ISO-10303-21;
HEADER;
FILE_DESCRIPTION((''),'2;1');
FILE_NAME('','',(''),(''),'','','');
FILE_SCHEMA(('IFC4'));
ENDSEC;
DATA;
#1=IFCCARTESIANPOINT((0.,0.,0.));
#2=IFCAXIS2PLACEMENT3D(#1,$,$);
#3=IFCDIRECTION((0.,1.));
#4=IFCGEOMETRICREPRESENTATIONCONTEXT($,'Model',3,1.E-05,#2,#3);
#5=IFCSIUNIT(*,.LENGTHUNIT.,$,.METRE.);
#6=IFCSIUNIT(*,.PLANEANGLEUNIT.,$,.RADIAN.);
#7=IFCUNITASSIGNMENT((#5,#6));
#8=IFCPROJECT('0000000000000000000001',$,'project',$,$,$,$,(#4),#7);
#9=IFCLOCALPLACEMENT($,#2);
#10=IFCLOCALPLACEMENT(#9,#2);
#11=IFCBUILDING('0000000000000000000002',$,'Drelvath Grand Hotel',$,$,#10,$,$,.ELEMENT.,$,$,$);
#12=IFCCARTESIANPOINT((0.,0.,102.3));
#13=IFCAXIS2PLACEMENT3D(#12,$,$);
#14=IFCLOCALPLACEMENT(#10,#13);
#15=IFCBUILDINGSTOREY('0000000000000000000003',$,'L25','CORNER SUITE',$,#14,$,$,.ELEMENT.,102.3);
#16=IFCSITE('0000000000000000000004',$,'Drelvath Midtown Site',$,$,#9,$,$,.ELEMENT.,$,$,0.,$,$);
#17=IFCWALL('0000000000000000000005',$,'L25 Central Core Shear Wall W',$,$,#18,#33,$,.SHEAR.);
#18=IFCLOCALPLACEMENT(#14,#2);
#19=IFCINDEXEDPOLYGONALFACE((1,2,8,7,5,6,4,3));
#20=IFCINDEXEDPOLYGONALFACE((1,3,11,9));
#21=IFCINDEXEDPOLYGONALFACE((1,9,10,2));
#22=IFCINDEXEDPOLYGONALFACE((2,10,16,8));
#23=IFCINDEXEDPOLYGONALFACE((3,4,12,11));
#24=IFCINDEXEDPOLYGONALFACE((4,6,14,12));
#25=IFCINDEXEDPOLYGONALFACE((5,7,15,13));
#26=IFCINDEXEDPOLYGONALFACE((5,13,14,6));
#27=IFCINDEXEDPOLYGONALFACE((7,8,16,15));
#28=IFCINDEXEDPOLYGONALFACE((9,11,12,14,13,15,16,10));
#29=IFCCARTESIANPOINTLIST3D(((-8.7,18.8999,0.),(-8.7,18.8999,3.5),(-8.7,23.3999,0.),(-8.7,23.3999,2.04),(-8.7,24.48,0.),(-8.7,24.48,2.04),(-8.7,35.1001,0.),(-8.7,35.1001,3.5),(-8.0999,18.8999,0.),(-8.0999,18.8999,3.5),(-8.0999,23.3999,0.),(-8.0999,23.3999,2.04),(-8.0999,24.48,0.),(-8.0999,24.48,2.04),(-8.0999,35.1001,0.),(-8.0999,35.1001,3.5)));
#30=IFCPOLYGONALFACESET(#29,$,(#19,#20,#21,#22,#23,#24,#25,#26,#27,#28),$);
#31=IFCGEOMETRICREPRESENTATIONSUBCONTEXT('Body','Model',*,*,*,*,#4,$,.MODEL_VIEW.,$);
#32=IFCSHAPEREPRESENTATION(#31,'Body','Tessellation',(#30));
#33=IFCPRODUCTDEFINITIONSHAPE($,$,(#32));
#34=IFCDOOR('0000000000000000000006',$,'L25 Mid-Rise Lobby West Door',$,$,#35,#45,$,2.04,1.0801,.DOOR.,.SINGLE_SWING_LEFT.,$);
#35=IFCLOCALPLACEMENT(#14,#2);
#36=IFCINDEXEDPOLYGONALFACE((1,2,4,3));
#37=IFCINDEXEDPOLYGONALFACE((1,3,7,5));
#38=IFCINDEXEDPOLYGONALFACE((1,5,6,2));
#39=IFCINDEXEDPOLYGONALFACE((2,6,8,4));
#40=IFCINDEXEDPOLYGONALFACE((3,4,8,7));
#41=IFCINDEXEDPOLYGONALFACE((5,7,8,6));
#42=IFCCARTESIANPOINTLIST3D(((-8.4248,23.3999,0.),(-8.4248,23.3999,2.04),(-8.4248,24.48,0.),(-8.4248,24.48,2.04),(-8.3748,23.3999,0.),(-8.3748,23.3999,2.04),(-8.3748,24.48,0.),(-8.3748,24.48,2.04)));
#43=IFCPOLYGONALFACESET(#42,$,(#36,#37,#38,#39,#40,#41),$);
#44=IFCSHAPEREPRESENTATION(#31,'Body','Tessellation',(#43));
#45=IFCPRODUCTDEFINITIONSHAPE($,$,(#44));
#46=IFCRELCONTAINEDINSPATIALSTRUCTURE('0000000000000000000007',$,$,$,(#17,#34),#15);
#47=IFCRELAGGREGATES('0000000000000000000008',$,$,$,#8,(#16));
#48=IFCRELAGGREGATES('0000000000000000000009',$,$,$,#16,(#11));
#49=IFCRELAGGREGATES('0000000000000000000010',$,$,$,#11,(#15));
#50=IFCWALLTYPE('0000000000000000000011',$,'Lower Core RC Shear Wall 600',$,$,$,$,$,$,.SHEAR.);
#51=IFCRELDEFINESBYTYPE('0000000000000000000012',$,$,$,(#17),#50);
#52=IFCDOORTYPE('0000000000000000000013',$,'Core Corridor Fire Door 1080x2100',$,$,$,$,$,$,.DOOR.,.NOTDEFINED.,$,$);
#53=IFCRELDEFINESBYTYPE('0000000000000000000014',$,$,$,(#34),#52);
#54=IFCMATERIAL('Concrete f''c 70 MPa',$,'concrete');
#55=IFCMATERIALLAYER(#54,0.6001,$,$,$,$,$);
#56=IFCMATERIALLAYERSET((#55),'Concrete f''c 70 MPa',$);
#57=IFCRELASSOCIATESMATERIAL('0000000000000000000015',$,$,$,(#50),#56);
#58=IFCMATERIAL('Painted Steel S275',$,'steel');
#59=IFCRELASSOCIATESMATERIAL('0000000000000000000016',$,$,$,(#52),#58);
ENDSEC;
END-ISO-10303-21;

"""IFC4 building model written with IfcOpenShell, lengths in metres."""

from ifc_helpers import new_model, si_unit, direction, frame, frame_2d, origin, place, context, subcontext, project, spatial, rectangle, extrude, material, layer, layer_set, type_object, element, fill, save


model = new_model("IFC4")

# Units and contexts
model_context = context("Model", 3, precision=1e-05, world=origin(), true_north=direction((0.0, 1.0)))
body_context = subcontext(model_context, "Body", "Model", "MODEL_VIEW")
ifc_project = project(units=[si_unit("LENGTHUNIT", "METRE"), si_unit("PLANEANGLEUNIT", "RADIAN")], contexts=[model_context])

# Site, building, storey
site_placement = place(None, origin())
site = spatial("IfcSite", under=ifc_project, at=site_placement, Name="Drelvath Midtown Site", CompositionType="ELEMENT", RefElevation=0.0)
building_placement = place(site_placement, origin())
building = spatial("IfcBuilding", under=site, at=building_placement, Name="Drelvath Grand Hotel", CompositionType="ELEMENT")
storey_placement = place(building_placement, frame((0.0, 0.0, 102.3)))
storey = spatial("IfcBuildingStorey", under=building, at=storey_placement, Name="L25", Description="CORNER SUITE", CompositionType="ELEMENT", Elevation=102.3)

# Shared definitions
ifc_material_1 = material(Name="Painted Steel S275", Category="steel")

# Wall, opening, door
ifc_material_2 = material(Name="Concrete f'c 70 MPa", Category="concrete")
ifc_layer_1 = layer(ifc_material_2, 0.6001)
ifc_layer_set_1 = layer_set([ifc_layer_1], Name="Concrete f'c 70 MPa")
wall_type_1 = type_object("IfcWallType", Name="Lower Core RC Shear Wall 600", PredefinedType="SHEAR", material=ifc_layer_set_1)
wall_1_placement = place(storey_placement, frame((-8.3999, 18.8999, 0.0), z_axis=(0.0, 0.0, 1.0), x_axis=(0.0, 1.0, 0.0)))
wall_1 = element("IfcWall", 1, at=wall_1_placement, inside=storey, type_object=wall_type_1, Name="L25 Central Core Shear Wall W", PredefinedType="SHEAR", context=body_context, shape_type="SweptSolid", body=[
    extrude(rectangle(XDim=16.2002, YDim=0.6001, at=frame_2d((8.1001, 0.0))), origin(), (0.0, 0.0, 1.0), 3.5),
])
opening_1_placement = place(wall_1_placement, frame((4.5, 0.0, 0.0)))
opening_1 = element("IfcOpeningElement", 2, at=opening_1_placement, cuts=wall_1, PredefinedType="OPENING", context=body_context, shape_type="SweptSolid", body=[
    extrude(rectangle(XDim=1.0801, YDim=2.04, at=frame_2d((0.54, 1.02))), frame((0.0, 0.3101, 0.0), z_axis=(0.0, -1.0, 0.0), x_axis=(1.0, 0.0, 0.0)), (0.0, 0.0, 1.0), 0.6201),
])
door_type_1 = type_object("IfcDoorType", Name="Core Corridor Fire Door 1080x2100", OperationType="NOTDEFINED", PredefinedType="DOOR", material=ifc_material_1)
door_1_placement = place(opening_1_placement, origin())
door_1 = element("IfcDoor", 3, at=door_1_placement, inside=storey, type_object=door_type_1, Name="L25 Mid-Rise Lobby West Door", OperationType="SINGLE_SWING_LEFT", OverallHeight=2.04, OverallWidth=1.0801, PredefinedType="DOOR", context=body_context, shape_type="SweptSolid", body=[
    extrude(rectangle(XDim=1.0801, YDim=2.04, at=frame_2d((0.54, 1.02))), frame((0.0, 0.0249, 0.0), z_axis=(0.0, -1.0, 0.0), x_axis=(1.0, 0.0, 0.0)), (0.0, 0.0, 1.0), 0.05),
])
fill(opening_1, door_1)

save(model, "model.ifc")
